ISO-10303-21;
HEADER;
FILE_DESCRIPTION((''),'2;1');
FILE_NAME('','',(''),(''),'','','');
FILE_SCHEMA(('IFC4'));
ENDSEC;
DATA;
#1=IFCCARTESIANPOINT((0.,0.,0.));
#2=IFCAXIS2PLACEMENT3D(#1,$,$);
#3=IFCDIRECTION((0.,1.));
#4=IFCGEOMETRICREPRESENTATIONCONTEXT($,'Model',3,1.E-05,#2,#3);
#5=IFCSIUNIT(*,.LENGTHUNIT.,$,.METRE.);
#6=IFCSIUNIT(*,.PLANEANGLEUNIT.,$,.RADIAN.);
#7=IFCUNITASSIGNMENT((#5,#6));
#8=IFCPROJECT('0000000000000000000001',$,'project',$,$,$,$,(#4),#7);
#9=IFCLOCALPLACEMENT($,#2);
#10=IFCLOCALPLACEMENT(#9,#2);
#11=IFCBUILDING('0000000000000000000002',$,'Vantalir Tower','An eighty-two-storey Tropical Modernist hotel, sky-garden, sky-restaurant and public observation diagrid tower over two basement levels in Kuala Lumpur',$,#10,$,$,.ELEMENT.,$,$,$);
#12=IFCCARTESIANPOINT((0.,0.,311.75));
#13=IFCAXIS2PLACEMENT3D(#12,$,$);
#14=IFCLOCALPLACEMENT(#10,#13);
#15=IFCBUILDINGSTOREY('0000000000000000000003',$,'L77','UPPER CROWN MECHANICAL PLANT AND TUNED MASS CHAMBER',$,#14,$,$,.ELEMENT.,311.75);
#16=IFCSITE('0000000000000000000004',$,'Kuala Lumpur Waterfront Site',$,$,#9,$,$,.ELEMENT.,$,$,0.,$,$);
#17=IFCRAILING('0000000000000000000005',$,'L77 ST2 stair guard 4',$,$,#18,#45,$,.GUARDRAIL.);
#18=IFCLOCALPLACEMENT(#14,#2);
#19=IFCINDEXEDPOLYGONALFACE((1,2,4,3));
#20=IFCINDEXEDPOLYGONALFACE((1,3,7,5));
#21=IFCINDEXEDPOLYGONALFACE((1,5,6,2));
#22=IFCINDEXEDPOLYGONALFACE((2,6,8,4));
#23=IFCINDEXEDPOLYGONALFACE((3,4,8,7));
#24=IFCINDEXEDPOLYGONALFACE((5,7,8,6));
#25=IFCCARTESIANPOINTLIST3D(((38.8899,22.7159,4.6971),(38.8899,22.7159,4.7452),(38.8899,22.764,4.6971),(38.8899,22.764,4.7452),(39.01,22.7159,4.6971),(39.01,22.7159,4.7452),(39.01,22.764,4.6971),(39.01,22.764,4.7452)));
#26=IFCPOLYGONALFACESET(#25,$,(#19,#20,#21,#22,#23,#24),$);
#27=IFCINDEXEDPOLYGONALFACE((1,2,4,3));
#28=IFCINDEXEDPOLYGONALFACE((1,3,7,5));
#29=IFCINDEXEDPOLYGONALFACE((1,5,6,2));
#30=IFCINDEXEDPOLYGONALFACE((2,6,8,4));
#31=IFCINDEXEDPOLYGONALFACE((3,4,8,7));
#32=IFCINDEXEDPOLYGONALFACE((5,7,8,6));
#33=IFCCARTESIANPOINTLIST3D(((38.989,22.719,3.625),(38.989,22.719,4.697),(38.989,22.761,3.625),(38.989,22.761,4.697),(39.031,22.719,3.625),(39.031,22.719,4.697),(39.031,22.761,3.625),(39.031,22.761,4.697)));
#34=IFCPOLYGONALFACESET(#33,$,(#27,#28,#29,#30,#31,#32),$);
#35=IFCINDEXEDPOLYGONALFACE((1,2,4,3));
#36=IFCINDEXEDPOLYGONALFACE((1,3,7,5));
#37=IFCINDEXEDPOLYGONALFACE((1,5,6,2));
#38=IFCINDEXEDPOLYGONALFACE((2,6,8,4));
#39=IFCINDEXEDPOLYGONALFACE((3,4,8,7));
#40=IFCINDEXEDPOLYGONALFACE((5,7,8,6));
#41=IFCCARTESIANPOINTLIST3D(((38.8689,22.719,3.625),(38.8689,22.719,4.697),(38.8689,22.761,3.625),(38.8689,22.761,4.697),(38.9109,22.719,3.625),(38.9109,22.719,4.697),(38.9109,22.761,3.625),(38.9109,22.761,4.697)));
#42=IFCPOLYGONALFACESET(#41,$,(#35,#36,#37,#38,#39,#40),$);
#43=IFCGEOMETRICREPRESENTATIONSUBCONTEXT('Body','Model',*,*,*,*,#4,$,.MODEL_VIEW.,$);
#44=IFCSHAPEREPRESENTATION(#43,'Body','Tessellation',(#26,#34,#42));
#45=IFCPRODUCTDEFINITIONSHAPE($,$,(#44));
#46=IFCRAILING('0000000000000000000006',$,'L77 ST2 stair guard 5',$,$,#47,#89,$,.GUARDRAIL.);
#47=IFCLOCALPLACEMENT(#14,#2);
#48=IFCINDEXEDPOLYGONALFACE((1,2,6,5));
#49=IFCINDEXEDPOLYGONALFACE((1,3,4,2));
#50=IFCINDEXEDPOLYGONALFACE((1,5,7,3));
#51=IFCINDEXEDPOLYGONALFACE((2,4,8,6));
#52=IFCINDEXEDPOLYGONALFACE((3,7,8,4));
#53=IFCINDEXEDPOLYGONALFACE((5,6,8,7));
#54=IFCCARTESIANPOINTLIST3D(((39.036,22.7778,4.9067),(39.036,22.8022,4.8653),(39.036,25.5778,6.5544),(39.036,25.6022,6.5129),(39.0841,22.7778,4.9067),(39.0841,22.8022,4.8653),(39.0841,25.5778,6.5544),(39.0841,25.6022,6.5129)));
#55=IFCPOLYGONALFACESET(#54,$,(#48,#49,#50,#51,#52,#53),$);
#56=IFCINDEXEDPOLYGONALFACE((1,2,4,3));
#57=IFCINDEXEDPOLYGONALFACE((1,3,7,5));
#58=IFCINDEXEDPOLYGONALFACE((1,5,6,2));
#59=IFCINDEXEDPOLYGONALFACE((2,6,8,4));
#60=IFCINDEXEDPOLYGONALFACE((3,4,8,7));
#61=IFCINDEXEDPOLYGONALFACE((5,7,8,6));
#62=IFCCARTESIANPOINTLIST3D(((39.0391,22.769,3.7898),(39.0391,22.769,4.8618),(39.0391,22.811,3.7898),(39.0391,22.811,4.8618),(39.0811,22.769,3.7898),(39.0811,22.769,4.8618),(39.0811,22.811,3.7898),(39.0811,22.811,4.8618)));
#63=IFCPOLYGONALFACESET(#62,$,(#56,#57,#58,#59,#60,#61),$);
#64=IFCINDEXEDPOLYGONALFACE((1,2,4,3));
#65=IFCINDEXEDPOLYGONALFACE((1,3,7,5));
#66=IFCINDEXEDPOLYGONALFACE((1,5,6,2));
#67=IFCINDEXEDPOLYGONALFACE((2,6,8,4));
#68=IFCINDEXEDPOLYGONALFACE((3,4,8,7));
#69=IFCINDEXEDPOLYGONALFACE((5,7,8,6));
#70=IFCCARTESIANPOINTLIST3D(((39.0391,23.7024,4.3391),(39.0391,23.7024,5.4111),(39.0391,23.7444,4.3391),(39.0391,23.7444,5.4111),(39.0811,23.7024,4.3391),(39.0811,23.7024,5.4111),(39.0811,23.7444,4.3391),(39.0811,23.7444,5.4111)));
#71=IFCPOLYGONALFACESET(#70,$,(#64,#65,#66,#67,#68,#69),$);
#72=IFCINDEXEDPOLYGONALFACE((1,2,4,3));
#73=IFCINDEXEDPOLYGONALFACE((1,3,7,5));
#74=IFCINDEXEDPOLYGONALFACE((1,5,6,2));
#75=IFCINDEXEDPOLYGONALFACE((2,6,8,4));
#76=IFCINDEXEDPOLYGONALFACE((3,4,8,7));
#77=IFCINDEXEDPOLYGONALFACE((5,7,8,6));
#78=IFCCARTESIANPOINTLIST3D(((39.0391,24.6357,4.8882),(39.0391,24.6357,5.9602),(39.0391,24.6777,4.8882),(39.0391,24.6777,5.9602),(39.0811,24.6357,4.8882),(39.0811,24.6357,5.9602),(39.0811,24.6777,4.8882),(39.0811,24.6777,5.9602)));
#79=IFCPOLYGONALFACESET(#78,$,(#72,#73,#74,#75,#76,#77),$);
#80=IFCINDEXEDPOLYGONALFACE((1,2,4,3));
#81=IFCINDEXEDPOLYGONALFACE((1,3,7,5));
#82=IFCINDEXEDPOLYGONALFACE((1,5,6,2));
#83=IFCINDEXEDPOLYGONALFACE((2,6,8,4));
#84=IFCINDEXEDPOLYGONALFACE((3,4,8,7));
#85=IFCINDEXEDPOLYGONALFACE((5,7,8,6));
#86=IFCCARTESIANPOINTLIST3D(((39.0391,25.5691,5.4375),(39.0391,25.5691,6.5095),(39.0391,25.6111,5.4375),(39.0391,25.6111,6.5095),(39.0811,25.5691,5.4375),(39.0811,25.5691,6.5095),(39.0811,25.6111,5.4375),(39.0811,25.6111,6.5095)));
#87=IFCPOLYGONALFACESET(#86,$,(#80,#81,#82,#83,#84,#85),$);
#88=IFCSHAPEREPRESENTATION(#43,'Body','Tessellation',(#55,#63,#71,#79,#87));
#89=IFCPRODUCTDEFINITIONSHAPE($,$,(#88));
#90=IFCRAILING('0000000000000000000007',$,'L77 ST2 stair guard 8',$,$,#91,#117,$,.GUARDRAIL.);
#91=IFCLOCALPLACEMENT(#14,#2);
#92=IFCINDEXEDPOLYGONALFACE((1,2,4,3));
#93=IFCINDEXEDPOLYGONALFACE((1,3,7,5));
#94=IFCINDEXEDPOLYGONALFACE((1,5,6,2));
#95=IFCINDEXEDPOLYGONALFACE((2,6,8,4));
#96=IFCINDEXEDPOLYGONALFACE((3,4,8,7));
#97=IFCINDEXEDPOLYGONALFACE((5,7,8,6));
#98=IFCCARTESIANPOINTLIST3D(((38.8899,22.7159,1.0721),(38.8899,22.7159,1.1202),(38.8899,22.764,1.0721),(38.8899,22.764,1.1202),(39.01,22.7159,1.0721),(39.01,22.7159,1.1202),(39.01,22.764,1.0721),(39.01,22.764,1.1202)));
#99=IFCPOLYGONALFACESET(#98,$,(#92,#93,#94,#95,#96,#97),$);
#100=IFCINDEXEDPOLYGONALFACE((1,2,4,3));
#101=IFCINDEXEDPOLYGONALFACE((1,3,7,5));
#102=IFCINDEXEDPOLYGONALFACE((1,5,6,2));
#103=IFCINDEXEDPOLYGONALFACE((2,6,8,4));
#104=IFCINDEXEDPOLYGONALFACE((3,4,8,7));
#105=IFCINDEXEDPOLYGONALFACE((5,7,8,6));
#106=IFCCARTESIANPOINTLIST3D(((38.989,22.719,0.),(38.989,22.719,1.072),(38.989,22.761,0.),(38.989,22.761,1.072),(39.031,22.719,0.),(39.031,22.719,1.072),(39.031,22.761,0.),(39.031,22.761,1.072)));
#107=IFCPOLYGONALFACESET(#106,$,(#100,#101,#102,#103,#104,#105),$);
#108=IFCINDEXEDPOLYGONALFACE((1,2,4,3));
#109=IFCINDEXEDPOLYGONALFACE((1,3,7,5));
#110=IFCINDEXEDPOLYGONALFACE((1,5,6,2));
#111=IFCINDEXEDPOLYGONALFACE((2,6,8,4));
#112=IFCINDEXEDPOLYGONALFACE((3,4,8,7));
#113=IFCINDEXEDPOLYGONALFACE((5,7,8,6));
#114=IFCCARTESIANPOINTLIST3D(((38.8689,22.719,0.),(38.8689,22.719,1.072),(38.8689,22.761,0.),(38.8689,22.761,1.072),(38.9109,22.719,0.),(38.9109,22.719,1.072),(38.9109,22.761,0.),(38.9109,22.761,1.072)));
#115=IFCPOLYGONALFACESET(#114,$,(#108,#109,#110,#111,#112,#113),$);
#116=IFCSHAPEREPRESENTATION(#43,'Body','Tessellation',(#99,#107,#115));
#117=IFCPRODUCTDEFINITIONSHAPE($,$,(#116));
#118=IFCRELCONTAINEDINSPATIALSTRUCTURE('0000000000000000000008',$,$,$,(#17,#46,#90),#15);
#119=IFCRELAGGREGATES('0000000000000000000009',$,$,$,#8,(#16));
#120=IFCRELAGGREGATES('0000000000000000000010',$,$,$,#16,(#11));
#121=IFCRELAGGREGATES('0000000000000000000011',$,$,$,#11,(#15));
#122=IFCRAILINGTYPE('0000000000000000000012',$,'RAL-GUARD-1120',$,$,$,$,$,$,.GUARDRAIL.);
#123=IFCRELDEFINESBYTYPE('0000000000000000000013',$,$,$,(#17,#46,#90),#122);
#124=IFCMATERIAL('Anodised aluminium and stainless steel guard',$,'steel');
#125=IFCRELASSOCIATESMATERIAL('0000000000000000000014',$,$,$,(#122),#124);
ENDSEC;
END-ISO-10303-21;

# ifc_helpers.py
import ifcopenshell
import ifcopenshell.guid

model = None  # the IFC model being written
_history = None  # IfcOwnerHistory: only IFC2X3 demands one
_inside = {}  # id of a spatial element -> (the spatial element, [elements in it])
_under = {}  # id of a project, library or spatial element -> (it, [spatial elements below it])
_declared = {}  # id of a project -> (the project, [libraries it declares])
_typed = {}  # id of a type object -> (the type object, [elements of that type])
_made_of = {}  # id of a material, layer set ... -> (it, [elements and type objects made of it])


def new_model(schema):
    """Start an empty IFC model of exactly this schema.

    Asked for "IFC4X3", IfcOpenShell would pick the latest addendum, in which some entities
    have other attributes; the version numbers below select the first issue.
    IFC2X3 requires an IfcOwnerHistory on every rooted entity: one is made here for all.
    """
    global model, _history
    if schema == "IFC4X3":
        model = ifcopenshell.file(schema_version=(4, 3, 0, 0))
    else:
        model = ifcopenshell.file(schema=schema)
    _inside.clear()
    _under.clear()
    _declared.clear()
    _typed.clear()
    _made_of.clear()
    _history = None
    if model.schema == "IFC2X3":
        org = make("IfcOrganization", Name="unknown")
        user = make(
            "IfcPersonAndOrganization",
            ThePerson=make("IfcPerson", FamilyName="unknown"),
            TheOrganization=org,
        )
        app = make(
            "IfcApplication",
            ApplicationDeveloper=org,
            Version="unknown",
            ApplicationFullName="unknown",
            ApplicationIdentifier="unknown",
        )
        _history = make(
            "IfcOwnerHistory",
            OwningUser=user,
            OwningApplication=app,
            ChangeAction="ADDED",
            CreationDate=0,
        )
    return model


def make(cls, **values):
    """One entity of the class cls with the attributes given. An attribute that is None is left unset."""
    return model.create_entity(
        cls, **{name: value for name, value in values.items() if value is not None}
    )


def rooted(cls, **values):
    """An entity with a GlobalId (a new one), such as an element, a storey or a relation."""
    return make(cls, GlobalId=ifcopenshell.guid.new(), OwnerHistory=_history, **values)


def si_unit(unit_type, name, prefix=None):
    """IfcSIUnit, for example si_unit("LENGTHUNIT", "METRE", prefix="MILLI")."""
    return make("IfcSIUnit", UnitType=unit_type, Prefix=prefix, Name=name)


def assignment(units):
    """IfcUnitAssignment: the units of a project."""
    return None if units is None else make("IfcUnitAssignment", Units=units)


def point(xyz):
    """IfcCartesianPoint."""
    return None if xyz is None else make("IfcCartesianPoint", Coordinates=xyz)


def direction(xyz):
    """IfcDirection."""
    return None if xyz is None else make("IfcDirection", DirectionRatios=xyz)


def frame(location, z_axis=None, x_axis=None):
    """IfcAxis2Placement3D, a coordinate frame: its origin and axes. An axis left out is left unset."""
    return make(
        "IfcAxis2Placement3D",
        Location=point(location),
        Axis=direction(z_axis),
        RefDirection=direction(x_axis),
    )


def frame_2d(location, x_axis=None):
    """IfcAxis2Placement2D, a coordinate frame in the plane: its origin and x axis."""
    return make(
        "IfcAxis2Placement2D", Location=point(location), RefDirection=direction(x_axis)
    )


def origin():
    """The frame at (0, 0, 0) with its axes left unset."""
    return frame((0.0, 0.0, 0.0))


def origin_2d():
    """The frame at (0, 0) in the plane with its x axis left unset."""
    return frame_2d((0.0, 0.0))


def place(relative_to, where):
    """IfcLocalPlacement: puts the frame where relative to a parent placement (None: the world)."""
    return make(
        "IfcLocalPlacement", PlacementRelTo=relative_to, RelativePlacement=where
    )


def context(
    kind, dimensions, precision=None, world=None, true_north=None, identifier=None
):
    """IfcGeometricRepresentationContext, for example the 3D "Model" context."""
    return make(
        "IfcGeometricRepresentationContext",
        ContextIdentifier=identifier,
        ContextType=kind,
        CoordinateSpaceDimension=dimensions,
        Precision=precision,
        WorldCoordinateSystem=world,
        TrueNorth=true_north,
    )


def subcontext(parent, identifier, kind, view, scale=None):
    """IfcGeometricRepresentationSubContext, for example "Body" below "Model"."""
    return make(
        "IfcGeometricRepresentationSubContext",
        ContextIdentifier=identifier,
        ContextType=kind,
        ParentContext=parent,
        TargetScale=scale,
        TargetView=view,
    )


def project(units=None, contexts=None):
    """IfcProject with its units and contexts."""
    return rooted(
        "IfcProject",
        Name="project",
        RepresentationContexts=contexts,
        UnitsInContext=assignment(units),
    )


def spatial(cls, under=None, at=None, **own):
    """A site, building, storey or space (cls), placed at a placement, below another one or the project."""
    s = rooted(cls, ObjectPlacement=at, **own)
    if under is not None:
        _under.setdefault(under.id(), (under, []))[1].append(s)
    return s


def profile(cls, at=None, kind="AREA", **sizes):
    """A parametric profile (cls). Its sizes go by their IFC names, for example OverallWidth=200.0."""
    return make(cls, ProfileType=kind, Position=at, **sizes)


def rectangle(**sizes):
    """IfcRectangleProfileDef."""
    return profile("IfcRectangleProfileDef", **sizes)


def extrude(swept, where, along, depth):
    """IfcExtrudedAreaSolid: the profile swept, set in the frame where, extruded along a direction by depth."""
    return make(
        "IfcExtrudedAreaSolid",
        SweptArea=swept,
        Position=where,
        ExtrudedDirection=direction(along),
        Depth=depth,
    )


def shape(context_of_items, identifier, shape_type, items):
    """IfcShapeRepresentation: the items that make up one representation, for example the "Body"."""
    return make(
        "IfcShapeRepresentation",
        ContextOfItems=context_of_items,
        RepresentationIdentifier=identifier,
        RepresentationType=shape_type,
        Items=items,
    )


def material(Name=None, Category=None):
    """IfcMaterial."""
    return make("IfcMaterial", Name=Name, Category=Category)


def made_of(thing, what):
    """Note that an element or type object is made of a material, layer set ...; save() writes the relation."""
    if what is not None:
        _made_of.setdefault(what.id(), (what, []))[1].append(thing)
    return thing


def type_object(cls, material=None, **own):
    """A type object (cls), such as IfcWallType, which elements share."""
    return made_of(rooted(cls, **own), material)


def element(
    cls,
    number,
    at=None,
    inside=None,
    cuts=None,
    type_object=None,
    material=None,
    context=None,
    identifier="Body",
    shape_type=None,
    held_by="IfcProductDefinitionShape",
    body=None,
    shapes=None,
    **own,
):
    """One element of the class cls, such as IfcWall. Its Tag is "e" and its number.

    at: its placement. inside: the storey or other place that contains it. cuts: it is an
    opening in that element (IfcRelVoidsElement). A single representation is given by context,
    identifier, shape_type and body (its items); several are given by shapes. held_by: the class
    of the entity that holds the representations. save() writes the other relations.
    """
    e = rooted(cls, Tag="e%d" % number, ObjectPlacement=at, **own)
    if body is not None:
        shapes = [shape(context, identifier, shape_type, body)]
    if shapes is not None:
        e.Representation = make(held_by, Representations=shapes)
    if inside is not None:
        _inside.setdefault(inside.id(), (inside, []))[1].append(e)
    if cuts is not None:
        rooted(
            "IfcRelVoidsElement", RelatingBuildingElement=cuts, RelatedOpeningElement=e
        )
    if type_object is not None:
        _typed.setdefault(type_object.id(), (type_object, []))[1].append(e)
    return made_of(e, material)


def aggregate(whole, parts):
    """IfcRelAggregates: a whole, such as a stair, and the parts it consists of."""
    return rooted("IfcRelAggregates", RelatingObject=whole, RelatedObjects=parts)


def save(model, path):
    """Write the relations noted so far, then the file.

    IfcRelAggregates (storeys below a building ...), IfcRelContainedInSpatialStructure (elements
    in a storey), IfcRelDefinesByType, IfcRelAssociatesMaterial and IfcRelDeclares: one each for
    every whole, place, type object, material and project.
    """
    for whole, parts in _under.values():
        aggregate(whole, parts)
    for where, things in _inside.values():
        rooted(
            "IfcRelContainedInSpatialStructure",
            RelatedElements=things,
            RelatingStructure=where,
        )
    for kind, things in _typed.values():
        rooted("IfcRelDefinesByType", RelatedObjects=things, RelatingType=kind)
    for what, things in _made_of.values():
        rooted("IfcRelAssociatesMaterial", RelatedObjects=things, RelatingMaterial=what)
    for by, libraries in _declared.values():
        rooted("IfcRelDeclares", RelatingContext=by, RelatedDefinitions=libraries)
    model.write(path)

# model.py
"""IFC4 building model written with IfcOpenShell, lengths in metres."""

from ifc_helpers import new_model, si_unit, direction, frame, origin, origin_2d, place, context, subcontext, project, spatial, rectangle, extrude, material, type_object, element, save


model = new_model("IFC4")

# Units and contexts
model_context = context("Model", 3, precision=1e-05, world=origin(), true_north=direction((0.0, 1.0)))
body_context = subcontext(model_context, "Body", "Model", "MODEL_VIEW")
ifc_project = project(units=[si_unit("LENGTHUNIT", "METRE"), si_unit("PLANEANGLEUNIT", "RADIAN")], contexts=[model_context])

# Site, building, storey
site_placement = place(None, origin())
site = spatial("IfcSite", under=ifc_project, at=site_placement, Name="Kuala Lumpur Waterfront Site", CompositionType="ELEMENT", RefElevation=0.0)
building_placement = place(site_placement, origin())
building = spatial("IfcBuilding", under=site, at=building_placement, Name="Vantalir Tower", Description="An eighty-two-storey Tropical Modernist hotel, sky-garden, sky-restaurant and public observation diagrid tower over two basement levels in Kuala Lumpur", CompositionType="ELEMENT")
storey_placement = place(building_placement, frame((0.0, 0.0, 311.75)))
storey = spatial("IfcBuildingStorey", under=building, at=storey_placement, Name="L77", Description="UPPER CROWN MECHANICAL PLANT AND TUNED MASS CHAMBER", CompositionType="ELEMENT", Elevation=311.75)

# Railings
ifc_material_1 = material(Name="Anodised aluminium and stainless steel guard", Category="steel")
railing_type = type_object("IfcRailingType", Name="RAL-GUARD-1120", PredefinedType="GUARDRAIL", material=ifc_material_1)
railing_1_placement = place(storey_placement, frame((39.01, 22.74, 3.625)))
element("IfcRailing", 1, at=railing_1_placement, inside=storey, type_object=railing_type, Name="L77 ST2 stair guard 4", PredefinedType="GUARDRAIL", context=body_context, shape_type="SweptSolid", body=[
    extrude(rectangle(XDim=0.0481, YDim=0.0481, at=origin_2d()), frame((0.0, 0.0, 1.0962), z_axis=(-1.0, 0.0, 0.0), x_axis=(0.0, -1.0, 0.0)), (0.0, 0.0, 1.0), 0.1201),
    extrude(rectangle(XDim=0.042, YDim=0.042, at=origin_2d()), origin(), (0.0, 0.0, 1.0), 1.072),
    extrude(rectangle(XDim=0.042, YDim=0.042, at=origin_2d()), frame((-0.1201, 0.0, 0.0)), (0.0, 0.0, 1.0), 1.072),
])
railing_2_placement = place(storey_placement, frame((39.0601, 22.79, 3.7898)))
element("IfcRailing", 2, at=railing_2_placement, inside=storey, type_object=railing_type, Name="L77 ST2 stair guard 5", PredefinedType="GUARDRAIL", context=body_context, shape_type="SweptSolid", body=[
    extrude(rectangle(XDim=0.0481, YDim=0.0481, at=origin_2d()), frame((0.0, 0.0, 1.0962), z_axis=(0.0, 0.861851, 0.507161), x_axis=(-1.0, 0.0, 0.0)), (0.0, 0.0, 1.0), 3.2488),
    extrude(rectangle(XDim=0.042, YDim=0.042, at=origin_2d()), origin(), (0.0, 0.0, 1.0), 1.072),
    extrude(rectangle(XDim=0.042, YDim=0.042, at=origin_2d()), frame((0.0, 0.9333, 0.5493)), (0.0, 0.0, 1.0), 1.072),
    extrude(rectangle(XDim=0.042, YDim=0.042, at=origin_2d()), frame((0.0, 1.8667, 1.0984)), (0.0, 0.0, 1.0), 1.072),
    extrude(rectangle(XDim=0.042, YDim=0.042, at=origin_2d()), frame((0.0, 2.8, 1.6477)), (0.0, 0.0, 1.0), 1.072),
])
railing_3_placement = place(storey_placement, frame((39.01, 22.74, 0.0)))
element("IfcRailing", 3, at=railing_3_placement, inside=storey, type_object=railing_type, Name="L77 ST2 stair guard 8", PredefinedType="GUARDRAIL", context=body_context, shape_type="SweptSolid", body=[
    extrude(rectangle(XDim=0.0481, YDim=0.0481, at=origin_2d()), frame((0.0, 0.0, 1.0962), z_axis=(-1.0, 0.0, 0.0), x_axis=(0.0, -1.0, 0.0)), (0.0, 0.0, 1.0), 0.1201),
    extrude(rectangle(XDim=0.042, YDim=0.042, at=origin_2d()), origin(), (0.0, 0.0, 1.0), 1.072),
    extrude(rectangle(XDim=0.042, YDim=0.042, at=origin_2d()), frame((-0.1201, 0.0, 0.0)), (0.0, 0.0, 1.0), 1.072),
])

save(model, "model.ifc")
